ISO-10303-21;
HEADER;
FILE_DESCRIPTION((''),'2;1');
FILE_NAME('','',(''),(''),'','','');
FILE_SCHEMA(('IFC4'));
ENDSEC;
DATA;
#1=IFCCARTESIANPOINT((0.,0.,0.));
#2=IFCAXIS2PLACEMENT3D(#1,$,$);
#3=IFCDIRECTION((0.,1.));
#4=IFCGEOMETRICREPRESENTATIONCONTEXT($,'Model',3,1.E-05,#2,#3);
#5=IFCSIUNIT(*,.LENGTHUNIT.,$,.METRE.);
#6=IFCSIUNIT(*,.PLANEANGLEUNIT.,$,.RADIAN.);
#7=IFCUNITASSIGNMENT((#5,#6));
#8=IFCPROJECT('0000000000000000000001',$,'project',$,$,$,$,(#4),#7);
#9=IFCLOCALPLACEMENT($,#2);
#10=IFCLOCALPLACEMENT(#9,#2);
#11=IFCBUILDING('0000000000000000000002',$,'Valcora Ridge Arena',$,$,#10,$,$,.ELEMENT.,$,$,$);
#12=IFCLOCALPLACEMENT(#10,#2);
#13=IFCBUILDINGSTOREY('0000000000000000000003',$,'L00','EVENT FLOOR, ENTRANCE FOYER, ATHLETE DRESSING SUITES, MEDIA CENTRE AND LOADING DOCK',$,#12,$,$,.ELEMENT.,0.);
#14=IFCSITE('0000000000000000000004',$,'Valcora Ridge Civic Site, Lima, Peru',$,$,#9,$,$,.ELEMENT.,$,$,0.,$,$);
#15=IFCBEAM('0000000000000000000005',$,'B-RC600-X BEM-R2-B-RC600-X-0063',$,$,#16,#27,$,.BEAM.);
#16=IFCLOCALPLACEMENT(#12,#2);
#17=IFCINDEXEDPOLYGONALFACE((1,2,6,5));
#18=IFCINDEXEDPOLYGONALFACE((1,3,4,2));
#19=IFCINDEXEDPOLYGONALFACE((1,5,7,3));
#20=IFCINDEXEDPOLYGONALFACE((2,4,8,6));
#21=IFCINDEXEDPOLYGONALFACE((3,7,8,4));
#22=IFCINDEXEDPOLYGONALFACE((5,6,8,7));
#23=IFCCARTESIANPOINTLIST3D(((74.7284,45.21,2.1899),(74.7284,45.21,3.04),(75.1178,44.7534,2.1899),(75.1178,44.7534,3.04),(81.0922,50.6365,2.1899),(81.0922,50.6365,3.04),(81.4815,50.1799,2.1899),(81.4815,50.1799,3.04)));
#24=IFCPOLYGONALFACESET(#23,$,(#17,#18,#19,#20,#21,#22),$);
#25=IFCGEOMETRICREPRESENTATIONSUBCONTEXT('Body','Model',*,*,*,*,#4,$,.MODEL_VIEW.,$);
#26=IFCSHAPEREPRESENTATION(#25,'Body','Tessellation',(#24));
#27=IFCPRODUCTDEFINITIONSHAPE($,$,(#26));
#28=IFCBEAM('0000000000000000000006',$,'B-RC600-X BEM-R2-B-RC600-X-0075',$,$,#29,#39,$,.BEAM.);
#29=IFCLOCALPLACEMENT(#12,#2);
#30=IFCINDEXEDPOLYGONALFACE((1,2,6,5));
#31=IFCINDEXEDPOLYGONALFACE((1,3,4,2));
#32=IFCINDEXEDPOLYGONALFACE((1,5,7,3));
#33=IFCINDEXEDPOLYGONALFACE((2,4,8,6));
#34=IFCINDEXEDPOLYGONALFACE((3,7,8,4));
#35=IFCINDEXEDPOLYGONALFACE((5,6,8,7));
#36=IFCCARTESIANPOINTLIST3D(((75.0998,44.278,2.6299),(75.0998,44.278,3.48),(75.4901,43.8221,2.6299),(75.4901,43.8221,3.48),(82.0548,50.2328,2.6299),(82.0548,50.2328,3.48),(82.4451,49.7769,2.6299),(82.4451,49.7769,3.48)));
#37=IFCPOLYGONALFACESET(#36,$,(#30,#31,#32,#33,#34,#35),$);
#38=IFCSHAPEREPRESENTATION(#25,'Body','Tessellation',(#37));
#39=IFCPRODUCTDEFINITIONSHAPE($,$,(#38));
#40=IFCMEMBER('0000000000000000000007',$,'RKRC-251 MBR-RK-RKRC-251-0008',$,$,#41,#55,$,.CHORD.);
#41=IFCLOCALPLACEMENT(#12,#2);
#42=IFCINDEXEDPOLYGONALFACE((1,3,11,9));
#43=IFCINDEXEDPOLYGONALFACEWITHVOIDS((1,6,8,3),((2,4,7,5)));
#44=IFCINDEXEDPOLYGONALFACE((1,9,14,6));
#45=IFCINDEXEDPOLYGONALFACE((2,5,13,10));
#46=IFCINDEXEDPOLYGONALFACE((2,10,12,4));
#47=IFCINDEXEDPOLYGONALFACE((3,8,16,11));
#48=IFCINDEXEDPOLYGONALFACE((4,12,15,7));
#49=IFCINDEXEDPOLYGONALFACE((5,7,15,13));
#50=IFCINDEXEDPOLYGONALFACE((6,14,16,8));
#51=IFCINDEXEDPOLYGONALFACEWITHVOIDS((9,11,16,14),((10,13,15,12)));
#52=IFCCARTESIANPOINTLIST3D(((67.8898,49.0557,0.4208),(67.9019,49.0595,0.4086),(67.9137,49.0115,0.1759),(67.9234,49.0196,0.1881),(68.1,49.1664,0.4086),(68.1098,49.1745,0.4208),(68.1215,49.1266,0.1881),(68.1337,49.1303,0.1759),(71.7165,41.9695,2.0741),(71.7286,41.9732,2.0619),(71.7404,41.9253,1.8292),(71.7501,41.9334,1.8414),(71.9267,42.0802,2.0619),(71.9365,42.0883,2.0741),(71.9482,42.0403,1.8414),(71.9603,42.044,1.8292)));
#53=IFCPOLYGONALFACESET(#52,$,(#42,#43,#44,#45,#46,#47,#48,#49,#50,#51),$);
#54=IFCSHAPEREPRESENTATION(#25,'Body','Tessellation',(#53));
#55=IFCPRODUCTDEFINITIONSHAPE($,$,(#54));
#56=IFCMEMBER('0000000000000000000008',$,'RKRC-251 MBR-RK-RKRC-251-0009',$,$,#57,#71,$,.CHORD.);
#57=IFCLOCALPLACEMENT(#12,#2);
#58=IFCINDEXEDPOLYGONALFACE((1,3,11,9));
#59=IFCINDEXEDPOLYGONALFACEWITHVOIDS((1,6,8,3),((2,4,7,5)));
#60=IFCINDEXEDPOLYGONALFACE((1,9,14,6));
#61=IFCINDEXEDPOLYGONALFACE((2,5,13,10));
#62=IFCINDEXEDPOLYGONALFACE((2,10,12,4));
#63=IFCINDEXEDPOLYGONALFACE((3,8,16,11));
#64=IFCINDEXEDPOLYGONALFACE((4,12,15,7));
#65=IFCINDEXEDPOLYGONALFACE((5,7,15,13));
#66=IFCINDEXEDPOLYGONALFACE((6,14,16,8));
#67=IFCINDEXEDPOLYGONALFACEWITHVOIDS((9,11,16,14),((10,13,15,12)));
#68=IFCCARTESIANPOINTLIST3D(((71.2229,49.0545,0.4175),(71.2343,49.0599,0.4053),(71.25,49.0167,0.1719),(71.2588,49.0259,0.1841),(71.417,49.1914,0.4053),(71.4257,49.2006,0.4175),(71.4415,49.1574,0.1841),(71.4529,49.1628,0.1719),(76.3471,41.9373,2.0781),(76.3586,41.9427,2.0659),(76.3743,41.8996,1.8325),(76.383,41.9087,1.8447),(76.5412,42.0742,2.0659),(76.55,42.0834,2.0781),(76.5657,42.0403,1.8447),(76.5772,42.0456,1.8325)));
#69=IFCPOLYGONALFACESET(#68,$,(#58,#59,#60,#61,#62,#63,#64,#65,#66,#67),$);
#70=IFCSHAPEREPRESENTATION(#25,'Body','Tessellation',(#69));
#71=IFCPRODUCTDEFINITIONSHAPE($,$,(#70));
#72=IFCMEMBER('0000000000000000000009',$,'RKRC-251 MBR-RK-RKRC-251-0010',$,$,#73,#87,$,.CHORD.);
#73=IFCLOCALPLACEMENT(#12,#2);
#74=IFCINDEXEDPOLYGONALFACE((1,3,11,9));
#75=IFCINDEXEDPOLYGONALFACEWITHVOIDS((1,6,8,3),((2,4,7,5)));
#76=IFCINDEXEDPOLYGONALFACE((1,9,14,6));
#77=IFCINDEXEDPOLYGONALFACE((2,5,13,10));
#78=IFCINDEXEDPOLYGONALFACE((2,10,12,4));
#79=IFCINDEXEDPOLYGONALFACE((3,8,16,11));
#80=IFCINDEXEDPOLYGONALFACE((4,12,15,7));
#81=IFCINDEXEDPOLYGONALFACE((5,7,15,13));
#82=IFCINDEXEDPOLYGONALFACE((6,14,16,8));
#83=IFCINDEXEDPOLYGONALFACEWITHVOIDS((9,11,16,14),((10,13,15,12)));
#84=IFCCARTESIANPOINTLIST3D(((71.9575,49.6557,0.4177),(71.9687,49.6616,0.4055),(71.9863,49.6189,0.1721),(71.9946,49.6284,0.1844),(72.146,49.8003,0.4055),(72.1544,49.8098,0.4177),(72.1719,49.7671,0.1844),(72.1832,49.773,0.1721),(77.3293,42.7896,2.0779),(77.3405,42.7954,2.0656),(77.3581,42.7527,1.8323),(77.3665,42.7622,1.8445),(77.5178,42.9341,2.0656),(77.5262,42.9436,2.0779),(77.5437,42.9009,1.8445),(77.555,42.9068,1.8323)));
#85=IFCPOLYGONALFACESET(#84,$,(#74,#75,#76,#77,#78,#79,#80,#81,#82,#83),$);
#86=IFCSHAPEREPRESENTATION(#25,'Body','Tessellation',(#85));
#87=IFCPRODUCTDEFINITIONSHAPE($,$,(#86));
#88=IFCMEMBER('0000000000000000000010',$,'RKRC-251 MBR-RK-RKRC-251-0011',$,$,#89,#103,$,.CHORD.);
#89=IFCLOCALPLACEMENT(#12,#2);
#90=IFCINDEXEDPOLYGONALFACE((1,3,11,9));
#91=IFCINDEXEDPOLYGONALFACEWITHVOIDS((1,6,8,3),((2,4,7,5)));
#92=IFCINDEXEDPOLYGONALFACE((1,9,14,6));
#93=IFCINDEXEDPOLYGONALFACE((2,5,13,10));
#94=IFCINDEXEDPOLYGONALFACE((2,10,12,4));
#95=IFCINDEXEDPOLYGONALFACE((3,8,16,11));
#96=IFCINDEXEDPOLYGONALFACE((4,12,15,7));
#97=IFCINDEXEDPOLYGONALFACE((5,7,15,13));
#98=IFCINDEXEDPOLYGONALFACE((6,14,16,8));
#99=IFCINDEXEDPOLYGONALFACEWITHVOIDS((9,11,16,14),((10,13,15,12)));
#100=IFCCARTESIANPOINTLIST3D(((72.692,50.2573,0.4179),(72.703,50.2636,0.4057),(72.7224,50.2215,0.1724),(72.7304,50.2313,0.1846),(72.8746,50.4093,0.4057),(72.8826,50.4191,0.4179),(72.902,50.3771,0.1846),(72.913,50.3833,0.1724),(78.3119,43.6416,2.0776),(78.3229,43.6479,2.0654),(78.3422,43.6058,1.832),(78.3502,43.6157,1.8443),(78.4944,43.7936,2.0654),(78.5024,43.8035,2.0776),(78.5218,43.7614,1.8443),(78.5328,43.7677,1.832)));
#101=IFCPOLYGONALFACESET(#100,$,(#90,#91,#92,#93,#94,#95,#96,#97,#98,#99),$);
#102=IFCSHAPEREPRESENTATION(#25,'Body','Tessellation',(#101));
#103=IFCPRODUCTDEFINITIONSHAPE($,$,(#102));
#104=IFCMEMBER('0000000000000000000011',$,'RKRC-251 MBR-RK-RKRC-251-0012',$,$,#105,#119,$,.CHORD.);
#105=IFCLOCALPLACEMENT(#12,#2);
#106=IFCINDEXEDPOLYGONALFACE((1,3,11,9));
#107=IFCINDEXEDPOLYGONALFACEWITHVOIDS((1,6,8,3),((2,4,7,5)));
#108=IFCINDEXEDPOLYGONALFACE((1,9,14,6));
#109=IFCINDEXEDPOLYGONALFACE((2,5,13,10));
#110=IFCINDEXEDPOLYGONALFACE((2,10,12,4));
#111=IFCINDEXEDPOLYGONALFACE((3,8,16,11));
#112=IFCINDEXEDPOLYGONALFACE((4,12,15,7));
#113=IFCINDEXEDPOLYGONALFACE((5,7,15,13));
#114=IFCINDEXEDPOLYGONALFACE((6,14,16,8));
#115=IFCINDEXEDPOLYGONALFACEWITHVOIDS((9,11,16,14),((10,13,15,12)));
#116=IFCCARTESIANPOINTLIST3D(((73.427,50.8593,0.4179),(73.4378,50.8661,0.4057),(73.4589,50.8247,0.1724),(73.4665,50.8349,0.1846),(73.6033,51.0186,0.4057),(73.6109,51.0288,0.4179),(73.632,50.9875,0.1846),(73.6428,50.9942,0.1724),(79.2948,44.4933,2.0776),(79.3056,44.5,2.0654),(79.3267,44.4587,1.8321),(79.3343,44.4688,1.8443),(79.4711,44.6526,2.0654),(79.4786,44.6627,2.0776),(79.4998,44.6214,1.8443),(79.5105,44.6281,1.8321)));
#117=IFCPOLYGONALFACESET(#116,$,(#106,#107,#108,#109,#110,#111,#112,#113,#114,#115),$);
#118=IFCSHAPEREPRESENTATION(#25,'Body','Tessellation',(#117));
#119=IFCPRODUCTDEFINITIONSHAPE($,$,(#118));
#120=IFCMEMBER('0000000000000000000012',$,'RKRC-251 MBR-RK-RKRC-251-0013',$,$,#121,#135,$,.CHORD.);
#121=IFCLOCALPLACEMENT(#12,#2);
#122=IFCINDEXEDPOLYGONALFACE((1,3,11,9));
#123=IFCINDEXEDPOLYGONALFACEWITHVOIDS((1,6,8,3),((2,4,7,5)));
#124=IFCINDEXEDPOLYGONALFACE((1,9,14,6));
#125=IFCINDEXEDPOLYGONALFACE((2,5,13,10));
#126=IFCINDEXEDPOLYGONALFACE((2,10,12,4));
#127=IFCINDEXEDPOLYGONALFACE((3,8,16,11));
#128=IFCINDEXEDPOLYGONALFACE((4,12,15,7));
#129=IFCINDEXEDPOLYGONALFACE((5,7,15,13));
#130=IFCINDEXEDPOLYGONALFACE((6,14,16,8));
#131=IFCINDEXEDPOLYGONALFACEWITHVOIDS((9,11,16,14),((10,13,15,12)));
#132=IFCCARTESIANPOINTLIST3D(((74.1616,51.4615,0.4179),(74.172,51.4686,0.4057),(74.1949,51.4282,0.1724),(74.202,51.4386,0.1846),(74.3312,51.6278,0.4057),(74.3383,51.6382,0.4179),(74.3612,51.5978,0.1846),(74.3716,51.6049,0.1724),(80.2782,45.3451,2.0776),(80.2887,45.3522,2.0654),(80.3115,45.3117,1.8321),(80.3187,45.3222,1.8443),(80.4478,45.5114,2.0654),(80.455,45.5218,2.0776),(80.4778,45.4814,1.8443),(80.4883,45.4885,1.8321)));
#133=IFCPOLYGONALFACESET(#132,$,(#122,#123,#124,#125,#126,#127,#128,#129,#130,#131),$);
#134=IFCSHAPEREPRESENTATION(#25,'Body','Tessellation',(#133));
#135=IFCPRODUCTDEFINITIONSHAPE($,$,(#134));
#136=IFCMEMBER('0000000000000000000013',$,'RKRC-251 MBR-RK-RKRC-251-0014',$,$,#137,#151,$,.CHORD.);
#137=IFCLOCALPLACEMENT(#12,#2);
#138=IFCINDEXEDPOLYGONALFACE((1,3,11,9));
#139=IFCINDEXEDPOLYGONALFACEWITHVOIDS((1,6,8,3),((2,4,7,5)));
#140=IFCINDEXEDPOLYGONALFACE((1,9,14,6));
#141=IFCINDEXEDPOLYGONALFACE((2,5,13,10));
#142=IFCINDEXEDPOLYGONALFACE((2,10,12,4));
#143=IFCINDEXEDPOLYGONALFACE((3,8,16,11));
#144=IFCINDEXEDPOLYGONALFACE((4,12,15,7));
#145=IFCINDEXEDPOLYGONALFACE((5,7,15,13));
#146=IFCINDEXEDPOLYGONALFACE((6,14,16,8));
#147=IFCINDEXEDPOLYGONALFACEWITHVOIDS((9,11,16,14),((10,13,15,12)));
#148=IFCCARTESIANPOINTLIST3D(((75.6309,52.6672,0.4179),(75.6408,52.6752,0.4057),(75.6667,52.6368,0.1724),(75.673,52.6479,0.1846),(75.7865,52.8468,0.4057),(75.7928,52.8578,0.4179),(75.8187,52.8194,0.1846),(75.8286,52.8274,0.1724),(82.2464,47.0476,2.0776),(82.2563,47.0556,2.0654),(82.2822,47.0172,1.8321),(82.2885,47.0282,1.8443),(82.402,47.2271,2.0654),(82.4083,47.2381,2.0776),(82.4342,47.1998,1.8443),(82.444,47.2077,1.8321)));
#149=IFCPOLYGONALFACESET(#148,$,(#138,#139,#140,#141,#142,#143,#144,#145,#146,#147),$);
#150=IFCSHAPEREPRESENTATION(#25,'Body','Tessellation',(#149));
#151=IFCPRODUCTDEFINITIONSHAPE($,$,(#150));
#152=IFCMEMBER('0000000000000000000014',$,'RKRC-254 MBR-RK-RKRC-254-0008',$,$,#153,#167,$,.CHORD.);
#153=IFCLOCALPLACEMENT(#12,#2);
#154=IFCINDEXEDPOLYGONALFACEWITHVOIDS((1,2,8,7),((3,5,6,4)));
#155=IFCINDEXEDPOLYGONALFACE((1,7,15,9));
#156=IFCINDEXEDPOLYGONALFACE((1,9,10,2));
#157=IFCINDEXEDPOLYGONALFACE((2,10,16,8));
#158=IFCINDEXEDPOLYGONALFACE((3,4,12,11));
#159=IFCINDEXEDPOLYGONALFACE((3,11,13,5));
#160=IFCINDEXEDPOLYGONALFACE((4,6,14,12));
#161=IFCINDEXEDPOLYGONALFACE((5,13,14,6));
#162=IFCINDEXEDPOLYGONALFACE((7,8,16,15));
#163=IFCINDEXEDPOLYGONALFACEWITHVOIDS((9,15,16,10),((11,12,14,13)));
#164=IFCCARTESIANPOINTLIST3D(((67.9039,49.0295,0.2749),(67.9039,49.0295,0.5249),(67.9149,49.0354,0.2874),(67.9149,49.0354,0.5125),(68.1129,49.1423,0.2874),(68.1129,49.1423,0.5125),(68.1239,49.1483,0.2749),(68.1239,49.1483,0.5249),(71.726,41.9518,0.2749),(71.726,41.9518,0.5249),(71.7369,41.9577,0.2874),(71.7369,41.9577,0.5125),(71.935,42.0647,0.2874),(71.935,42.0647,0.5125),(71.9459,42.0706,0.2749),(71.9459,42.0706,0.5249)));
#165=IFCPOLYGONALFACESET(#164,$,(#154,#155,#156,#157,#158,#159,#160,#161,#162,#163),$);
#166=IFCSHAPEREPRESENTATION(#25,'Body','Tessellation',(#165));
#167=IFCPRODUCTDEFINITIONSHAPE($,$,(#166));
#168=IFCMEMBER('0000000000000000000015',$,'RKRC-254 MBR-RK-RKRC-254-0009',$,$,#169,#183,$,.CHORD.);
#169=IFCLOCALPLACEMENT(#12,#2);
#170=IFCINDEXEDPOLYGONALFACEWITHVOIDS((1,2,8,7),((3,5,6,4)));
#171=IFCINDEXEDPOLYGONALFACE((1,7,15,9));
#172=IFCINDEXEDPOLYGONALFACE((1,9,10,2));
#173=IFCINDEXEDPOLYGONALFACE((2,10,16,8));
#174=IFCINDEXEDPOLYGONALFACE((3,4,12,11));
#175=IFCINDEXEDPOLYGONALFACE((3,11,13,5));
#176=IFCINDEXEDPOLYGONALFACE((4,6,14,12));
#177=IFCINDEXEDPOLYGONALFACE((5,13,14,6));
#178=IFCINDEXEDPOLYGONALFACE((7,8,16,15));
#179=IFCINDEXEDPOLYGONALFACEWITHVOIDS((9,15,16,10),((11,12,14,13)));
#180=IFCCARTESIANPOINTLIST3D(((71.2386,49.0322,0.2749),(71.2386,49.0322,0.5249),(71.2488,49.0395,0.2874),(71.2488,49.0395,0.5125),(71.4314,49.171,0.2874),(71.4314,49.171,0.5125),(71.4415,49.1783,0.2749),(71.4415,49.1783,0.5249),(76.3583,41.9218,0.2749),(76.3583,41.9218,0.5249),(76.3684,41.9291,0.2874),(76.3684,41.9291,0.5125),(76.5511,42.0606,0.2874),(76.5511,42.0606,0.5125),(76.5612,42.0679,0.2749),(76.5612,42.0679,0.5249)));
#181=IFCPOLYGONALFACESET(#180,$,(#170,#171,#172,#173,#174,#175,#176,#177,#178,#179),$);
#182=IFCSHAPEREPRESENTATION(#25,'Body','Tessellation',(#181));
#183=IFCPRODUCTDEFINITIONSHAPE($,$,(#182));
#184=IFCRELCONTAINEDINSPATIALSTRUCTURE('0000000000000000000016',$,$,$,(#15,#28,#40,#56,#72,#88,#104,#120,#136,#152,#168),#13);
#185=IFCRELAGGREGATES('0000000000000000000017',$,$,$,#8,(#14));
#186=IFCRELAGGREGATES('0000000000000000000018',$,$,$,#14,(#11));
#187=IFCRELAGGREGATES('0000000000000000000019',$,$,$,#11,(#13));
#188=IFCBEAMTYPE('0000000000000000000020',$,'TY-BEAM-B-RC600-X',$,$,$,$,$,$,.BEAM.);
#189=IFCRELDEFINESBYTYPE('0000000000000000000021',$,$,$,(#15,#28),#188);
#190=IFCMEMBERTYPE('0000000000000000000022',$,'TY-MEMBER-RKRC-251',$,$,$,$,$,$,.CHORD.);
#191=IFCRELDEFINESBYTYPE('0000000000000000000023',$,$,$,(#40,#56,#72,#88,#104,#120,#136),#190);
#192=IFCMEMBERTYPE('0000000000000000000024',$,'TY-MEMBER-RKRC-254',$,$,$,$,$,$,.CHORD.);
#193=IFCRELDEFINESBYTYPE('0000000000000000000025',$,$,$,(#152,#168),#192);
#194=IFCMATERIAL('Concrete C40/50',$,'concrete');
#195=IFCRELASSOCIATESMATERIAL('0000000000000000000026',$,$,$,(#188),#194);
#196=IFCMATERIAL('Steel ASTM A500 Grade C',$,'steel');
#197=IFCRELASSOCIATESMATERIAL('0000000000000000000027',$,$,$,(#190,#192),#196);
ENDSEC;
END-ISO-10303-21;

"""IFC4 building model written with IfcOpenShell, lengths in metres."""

from ifc_helpers import new_model, si_unit, direction, frame, origin, origin_2d, place, context, subcontext, project, spatial, rectangle, hollow_rectangle, extrude, material, material_profile, profile_set, type_object, element, save


model = new_model("IFC4")

# Units and contexts
model_context = context("Model", 3, precision=1e-05, world=origin(), true_north=direction((0.0, 1.0)))
body_context = subcontext(model_context, "Body", "Model", "MODEL_VIEW")
ifc_project = project(units=[si_unit("LENGTHUNIT", "METRE"), si_unit("PLANEANGLEUNIT", "RADIAN")], contexts=[model_context])

# Site, building, storey
site_placement = place(None, origin())
site = spatial("IfcSite", under=ifc_project, at=site_placement, Name="Valcora Ridge Civic Site, Lima, Peru", CompositionType="ELEMENT", RefElevation=0.0)
building_placement = place(site_placement, origin())
building = spatial("IfcBuilding", under=site, at=building_placement, Name="Valcora Ridge Arena", CompositionType="ELEMENT")
storey_placement = place(building_placement, origin())
storey = spatial("IfcBuildingStorey", under=building, at=storey_placement, Name="L00", Description="EVENT FLOOR, ENTRANCE FOYER, ATHLETE DRESSING SUITES, MEDIA CENTRE AND LOADING DOCK", CompositionType="ELEMENT", Elevation=0.0)

# Shared definitions
ifc_material_1 = material(Name="Concrete C40/50", Category="concrete")

# Beams
ifc_material_profile_1 = material_profile(ifc_material_1, rectangle(XDim=0.6001, YDim=0.8501, at=origin_2d()), Name="RC 600x850")
ifc_profile_set_1 = profile_set([ifc_material_profile_1], Name="Concrete C40/50")
beam_type = type_object("IfcBeamType", Name="TY-BEAM-B-RC600-X", PredefinedType="BEAM", material=ifc_profile_set_1)
beam_1_placement = place(storey_placement, frame((74.9231, 44.9817, 2.615), z_axis=(0.760917, 0.648849, 0.0), x_axis=(-0.648849, 0.760917, 0.0)))
element("IfcBeam", 1, at=beam_1_placement, inside=storey, type_object=beam_type, Name="B-RC600-X BEM-R2-B-RC600-X-0063", PredefinedType="BEAM", context=body_context, shape_type="SweptSolid", body=[
    extrude(rectangle(XDim=0.6001, YDim=0.8501, at=origin_2d()), origin(), (0.0, 0.0, 1.0), 8.3633),
])
beam_2_placement = place(storey_placement, frame((75.2949, 44.05, 3.0549), z_axis=(0.759616, 0.650372, 0.0), x_axis=(-0.650372, 0.759616, 0.0)))
element("IfcBeam", 2, at=beam_2_placement, inside=storey, type_object=beam_type, Name="B-RC600-X BEM-R2-B-RC600-X-0075", PredefinedType="BEAM", context=body_context, shape_type="SweptSolid", body=[
    extrude(rectangle(XDim=0.6001, YDim=0.8501, at=origin_2d()), origin(), (0.0, 0.0, 1.0), 9.156),
])

# Members
ifc_material_2 = material(Name="Steel ASTM A500 Grade C", Category="steel")
ifc_material_profile_2 = material_profile(ifc_material_2, hollow_rectangle(XDim=0.25, YDim=0.25, WallThickness=0.0125, at=origin_2d()), Name="HSS250X250X12")
ifc_profile_set_2 = profile_set([ifc_material_profile_2], Name="Steel ASTM A500 Grade C")
member_type_1 = type_object("IfcMemberType", Name="TY-MEMBER-RKRC-251", PredefinedType="CHORD", material=ifc_profile_set_2)
member_1_placement = place(storey_placement, frame((68.0117, 49.093, 0.2983), z_axis=(0.465453, -0.861923, 0.201101), x_axis=(0.879899, 0.475161, 0.0)))
element("IfcMember", 3, at=member_1_placement, inside=storey, type_object=member_type_1, Name="RKRC-251 MBR-RK-RKRC-251-0008", PredefinedType="CHORD", context=body_context, shape_type="SweptSolid", body=[
    extrude(hollow_rectangle(XDim=0.25, YDim=0.25, WallThickness=0.0125, at=origin_2d()), origin(), (0.0, 0.0, 1.0), 8.2214),
])
member_2_placement = place(storey_placement, frame((71.3379, 49.1086, 0.2947), z_axis=(0.574095, -0.797371, 0.18605), x_axis=(0.81154, 0.584297, 0.0)))
element("IfcMember", 4, at=member_2_placement, inside=storey, type_object=member_type_1, Name="RKRC-251 MBR-RK-RKRC-251-0009", PredefinedType="CHORD", context=body_context, shape_type="SweptSolid", body=[
    extrude(hollow_rectangle(XDim=0.25, YDim=0.25, WallThickness=0.0125, at=origin_2d()), origin(), (0.0, 0.0, 1.0), 8.9258),
])
member_3_placement = place(storey_placement, frame((72.0703, 49.7144, 0.2949), z_axis=(0.605307, -0.773698, 0.18707), x_axis=(0.787601, 0.616185, 0.0)))
element("IfcMember", 5, at=member_3_placement, inside=storey, type_object=member_type_1, Name="RKRC-251 MBR-RK-RKRC-251-0010", PredefinedType="CHORD", context=body_context, shape_type="SweptSolid", body=[
    extrude(hollow_rectangle(XDim=0.25, YDim=0.25, WallThickness=0.0125, at=origin_2d()), origin(), (0.0, 0.0, 1.0), 8.8745),
])
member_4_placement = place(storey_placement, frame((72.8025, 50.3203, 0.2952), z_axis=(0.635896, -0.748578, 0.187794), x_axis=(0.762138, 0.647415, 0.0)))
element("IfcMember", 6, at=member_4_placement, inside=storey, type_object=member_type_1, Name="RKRC-251 MBR-RK-RKRC-251-0011", PredefinedType="CHORD", context=body_context, shape_type="SweptSolid", body=[
    extrude(hollow_rectangle(XDim=0.25, YDim=0.25, WallThickness=0.0125, at=origin_2d()), origin(), (0.0, 0.0, 1.0), 8.8376),
])
member_5_placement = place(storey_placement, frame((73.5349, 50.9268, 0.2952), z_axis=(0.665623, -0.722149, 0.188271), x_axis=(0.735298, 0.677744, 0.0)))
element("IfcMember", 7, at=member_5_placement, inside=storey, type_object=member_type_1, Name="RKRC-251 MBR-RK-RKRC-251-0012", PredefinedType="CHORD", context=body_context, shape_type="SweptSolid", body=[
    extrude(hollow_rectangle(XDim=0.25, YDim=0.25, WallThickness=0.0125, at=origin_2d()), origin(), (0.0, 0.0, 1.0), 8.8154),
])
member_6_placement = place(storey_placement, frame((74.2666, 51.5332, 0.2952), z_axis=(0.694454, -0.694426, 0.188429), x_axis=(0.707093, 0.707121, 0.0)))
element("IfcMember", 8, at=member_6_placement, inside=storey, type_object=member_type_1, Name="RKRC-251 MBR-RK-RKRC-251-0013", PredefinedType="CHORD", context=body_context, shape_type="SweptSolid", body=[
    extrude(hollow_rectangle(XDim=0.25, YDim=0.25, WallThickness=0.0125, at=origin_2d()), origin(), (0.0, 0.0, 1.0), 8.8079),
])
member_7_placement = place(storey_placement, frame((75.7297, 52.7473, 0.2952), z_axis=(0.748579, -0.635893, 0.187801), x_axis=(0.647412, 0.76214, 0.0)))
element("IfcMember", 9, at=member_7_placement, inside=storey, type_object=member_type_1, Name="RKRC-251 MBR-RK-RKRC-251-0014", PredefinedType="CHORD", context=body_context, shape_type="SweptSolid", body=[
    extrude(hollow_rectangle(XDim=0.25, YDim=0.25, WallThickness=0.0125, at=origin_2d()), origin(), (0.0, 0.0, 1.0), 8.8374),
])
ifc_material_profile_3 = material_profile(ifc_material_2, hollow_rectangle(XDim=0.25, YDim=0.25, WallThickness=0.0125, at=origin_2d()), Name="HSS250X250X12")
ifc_profile_set_3 = profile_set([ifc_material_profile_3], Name="Steel ASTM A500 Grade C")
member_type_2 = type_object("IfcMemberType", Name="TY-MEMBER-RKRC-254", PredefinedType="CHORD", material=ifc_profile_set_3)
member_8_placement = place(storey_placement, frame((68.0139, 49.0889, 0.3999), z_axis=(0.475158, -0.8799, 0.0), x_axis=(0.8799, 0.475158, 0.0)))
element("IfcMember", 10, at=member_8_placement, inside=storey, type_object=member_type_2, Name="RKRC-254 MBR-RK-RKRC-254-0008", PredefinedType="CHORD", context=body_context, shape_type="SweptSolid", body=[
    extrude(hollow_rectangle(XDim=0.25, YDim=0.25, WallThickness=0.0125, at=origin_2d()), origin(), (0.0, 0.0, 1.0), 8.0437),
])
member_9_placement = place(storey_placement, frame((71.3401, 49.1052, 0.3999), z_axis=(0.584318, -0.811525, 0.0), x_axis=(0.811525, 0.584318, 0.0)))
element("IfcMember", 11, at=member_9_placement, inside=storey, type_object=member_type_2, Name="RKRC-254 MBR-RK-RKRC-254-0009", PredefinedType="CHORD", context=body_context, shape_type="SweptSolid", body=[
    extrude(hollow_rectangle(XDim=0.25, YDim=0.25, WallThickness=0.0125, at=origin_2d()), origin(), (0.0, 0.0, 1.0), 8.7617),
])

save(model, "model.ifc")
